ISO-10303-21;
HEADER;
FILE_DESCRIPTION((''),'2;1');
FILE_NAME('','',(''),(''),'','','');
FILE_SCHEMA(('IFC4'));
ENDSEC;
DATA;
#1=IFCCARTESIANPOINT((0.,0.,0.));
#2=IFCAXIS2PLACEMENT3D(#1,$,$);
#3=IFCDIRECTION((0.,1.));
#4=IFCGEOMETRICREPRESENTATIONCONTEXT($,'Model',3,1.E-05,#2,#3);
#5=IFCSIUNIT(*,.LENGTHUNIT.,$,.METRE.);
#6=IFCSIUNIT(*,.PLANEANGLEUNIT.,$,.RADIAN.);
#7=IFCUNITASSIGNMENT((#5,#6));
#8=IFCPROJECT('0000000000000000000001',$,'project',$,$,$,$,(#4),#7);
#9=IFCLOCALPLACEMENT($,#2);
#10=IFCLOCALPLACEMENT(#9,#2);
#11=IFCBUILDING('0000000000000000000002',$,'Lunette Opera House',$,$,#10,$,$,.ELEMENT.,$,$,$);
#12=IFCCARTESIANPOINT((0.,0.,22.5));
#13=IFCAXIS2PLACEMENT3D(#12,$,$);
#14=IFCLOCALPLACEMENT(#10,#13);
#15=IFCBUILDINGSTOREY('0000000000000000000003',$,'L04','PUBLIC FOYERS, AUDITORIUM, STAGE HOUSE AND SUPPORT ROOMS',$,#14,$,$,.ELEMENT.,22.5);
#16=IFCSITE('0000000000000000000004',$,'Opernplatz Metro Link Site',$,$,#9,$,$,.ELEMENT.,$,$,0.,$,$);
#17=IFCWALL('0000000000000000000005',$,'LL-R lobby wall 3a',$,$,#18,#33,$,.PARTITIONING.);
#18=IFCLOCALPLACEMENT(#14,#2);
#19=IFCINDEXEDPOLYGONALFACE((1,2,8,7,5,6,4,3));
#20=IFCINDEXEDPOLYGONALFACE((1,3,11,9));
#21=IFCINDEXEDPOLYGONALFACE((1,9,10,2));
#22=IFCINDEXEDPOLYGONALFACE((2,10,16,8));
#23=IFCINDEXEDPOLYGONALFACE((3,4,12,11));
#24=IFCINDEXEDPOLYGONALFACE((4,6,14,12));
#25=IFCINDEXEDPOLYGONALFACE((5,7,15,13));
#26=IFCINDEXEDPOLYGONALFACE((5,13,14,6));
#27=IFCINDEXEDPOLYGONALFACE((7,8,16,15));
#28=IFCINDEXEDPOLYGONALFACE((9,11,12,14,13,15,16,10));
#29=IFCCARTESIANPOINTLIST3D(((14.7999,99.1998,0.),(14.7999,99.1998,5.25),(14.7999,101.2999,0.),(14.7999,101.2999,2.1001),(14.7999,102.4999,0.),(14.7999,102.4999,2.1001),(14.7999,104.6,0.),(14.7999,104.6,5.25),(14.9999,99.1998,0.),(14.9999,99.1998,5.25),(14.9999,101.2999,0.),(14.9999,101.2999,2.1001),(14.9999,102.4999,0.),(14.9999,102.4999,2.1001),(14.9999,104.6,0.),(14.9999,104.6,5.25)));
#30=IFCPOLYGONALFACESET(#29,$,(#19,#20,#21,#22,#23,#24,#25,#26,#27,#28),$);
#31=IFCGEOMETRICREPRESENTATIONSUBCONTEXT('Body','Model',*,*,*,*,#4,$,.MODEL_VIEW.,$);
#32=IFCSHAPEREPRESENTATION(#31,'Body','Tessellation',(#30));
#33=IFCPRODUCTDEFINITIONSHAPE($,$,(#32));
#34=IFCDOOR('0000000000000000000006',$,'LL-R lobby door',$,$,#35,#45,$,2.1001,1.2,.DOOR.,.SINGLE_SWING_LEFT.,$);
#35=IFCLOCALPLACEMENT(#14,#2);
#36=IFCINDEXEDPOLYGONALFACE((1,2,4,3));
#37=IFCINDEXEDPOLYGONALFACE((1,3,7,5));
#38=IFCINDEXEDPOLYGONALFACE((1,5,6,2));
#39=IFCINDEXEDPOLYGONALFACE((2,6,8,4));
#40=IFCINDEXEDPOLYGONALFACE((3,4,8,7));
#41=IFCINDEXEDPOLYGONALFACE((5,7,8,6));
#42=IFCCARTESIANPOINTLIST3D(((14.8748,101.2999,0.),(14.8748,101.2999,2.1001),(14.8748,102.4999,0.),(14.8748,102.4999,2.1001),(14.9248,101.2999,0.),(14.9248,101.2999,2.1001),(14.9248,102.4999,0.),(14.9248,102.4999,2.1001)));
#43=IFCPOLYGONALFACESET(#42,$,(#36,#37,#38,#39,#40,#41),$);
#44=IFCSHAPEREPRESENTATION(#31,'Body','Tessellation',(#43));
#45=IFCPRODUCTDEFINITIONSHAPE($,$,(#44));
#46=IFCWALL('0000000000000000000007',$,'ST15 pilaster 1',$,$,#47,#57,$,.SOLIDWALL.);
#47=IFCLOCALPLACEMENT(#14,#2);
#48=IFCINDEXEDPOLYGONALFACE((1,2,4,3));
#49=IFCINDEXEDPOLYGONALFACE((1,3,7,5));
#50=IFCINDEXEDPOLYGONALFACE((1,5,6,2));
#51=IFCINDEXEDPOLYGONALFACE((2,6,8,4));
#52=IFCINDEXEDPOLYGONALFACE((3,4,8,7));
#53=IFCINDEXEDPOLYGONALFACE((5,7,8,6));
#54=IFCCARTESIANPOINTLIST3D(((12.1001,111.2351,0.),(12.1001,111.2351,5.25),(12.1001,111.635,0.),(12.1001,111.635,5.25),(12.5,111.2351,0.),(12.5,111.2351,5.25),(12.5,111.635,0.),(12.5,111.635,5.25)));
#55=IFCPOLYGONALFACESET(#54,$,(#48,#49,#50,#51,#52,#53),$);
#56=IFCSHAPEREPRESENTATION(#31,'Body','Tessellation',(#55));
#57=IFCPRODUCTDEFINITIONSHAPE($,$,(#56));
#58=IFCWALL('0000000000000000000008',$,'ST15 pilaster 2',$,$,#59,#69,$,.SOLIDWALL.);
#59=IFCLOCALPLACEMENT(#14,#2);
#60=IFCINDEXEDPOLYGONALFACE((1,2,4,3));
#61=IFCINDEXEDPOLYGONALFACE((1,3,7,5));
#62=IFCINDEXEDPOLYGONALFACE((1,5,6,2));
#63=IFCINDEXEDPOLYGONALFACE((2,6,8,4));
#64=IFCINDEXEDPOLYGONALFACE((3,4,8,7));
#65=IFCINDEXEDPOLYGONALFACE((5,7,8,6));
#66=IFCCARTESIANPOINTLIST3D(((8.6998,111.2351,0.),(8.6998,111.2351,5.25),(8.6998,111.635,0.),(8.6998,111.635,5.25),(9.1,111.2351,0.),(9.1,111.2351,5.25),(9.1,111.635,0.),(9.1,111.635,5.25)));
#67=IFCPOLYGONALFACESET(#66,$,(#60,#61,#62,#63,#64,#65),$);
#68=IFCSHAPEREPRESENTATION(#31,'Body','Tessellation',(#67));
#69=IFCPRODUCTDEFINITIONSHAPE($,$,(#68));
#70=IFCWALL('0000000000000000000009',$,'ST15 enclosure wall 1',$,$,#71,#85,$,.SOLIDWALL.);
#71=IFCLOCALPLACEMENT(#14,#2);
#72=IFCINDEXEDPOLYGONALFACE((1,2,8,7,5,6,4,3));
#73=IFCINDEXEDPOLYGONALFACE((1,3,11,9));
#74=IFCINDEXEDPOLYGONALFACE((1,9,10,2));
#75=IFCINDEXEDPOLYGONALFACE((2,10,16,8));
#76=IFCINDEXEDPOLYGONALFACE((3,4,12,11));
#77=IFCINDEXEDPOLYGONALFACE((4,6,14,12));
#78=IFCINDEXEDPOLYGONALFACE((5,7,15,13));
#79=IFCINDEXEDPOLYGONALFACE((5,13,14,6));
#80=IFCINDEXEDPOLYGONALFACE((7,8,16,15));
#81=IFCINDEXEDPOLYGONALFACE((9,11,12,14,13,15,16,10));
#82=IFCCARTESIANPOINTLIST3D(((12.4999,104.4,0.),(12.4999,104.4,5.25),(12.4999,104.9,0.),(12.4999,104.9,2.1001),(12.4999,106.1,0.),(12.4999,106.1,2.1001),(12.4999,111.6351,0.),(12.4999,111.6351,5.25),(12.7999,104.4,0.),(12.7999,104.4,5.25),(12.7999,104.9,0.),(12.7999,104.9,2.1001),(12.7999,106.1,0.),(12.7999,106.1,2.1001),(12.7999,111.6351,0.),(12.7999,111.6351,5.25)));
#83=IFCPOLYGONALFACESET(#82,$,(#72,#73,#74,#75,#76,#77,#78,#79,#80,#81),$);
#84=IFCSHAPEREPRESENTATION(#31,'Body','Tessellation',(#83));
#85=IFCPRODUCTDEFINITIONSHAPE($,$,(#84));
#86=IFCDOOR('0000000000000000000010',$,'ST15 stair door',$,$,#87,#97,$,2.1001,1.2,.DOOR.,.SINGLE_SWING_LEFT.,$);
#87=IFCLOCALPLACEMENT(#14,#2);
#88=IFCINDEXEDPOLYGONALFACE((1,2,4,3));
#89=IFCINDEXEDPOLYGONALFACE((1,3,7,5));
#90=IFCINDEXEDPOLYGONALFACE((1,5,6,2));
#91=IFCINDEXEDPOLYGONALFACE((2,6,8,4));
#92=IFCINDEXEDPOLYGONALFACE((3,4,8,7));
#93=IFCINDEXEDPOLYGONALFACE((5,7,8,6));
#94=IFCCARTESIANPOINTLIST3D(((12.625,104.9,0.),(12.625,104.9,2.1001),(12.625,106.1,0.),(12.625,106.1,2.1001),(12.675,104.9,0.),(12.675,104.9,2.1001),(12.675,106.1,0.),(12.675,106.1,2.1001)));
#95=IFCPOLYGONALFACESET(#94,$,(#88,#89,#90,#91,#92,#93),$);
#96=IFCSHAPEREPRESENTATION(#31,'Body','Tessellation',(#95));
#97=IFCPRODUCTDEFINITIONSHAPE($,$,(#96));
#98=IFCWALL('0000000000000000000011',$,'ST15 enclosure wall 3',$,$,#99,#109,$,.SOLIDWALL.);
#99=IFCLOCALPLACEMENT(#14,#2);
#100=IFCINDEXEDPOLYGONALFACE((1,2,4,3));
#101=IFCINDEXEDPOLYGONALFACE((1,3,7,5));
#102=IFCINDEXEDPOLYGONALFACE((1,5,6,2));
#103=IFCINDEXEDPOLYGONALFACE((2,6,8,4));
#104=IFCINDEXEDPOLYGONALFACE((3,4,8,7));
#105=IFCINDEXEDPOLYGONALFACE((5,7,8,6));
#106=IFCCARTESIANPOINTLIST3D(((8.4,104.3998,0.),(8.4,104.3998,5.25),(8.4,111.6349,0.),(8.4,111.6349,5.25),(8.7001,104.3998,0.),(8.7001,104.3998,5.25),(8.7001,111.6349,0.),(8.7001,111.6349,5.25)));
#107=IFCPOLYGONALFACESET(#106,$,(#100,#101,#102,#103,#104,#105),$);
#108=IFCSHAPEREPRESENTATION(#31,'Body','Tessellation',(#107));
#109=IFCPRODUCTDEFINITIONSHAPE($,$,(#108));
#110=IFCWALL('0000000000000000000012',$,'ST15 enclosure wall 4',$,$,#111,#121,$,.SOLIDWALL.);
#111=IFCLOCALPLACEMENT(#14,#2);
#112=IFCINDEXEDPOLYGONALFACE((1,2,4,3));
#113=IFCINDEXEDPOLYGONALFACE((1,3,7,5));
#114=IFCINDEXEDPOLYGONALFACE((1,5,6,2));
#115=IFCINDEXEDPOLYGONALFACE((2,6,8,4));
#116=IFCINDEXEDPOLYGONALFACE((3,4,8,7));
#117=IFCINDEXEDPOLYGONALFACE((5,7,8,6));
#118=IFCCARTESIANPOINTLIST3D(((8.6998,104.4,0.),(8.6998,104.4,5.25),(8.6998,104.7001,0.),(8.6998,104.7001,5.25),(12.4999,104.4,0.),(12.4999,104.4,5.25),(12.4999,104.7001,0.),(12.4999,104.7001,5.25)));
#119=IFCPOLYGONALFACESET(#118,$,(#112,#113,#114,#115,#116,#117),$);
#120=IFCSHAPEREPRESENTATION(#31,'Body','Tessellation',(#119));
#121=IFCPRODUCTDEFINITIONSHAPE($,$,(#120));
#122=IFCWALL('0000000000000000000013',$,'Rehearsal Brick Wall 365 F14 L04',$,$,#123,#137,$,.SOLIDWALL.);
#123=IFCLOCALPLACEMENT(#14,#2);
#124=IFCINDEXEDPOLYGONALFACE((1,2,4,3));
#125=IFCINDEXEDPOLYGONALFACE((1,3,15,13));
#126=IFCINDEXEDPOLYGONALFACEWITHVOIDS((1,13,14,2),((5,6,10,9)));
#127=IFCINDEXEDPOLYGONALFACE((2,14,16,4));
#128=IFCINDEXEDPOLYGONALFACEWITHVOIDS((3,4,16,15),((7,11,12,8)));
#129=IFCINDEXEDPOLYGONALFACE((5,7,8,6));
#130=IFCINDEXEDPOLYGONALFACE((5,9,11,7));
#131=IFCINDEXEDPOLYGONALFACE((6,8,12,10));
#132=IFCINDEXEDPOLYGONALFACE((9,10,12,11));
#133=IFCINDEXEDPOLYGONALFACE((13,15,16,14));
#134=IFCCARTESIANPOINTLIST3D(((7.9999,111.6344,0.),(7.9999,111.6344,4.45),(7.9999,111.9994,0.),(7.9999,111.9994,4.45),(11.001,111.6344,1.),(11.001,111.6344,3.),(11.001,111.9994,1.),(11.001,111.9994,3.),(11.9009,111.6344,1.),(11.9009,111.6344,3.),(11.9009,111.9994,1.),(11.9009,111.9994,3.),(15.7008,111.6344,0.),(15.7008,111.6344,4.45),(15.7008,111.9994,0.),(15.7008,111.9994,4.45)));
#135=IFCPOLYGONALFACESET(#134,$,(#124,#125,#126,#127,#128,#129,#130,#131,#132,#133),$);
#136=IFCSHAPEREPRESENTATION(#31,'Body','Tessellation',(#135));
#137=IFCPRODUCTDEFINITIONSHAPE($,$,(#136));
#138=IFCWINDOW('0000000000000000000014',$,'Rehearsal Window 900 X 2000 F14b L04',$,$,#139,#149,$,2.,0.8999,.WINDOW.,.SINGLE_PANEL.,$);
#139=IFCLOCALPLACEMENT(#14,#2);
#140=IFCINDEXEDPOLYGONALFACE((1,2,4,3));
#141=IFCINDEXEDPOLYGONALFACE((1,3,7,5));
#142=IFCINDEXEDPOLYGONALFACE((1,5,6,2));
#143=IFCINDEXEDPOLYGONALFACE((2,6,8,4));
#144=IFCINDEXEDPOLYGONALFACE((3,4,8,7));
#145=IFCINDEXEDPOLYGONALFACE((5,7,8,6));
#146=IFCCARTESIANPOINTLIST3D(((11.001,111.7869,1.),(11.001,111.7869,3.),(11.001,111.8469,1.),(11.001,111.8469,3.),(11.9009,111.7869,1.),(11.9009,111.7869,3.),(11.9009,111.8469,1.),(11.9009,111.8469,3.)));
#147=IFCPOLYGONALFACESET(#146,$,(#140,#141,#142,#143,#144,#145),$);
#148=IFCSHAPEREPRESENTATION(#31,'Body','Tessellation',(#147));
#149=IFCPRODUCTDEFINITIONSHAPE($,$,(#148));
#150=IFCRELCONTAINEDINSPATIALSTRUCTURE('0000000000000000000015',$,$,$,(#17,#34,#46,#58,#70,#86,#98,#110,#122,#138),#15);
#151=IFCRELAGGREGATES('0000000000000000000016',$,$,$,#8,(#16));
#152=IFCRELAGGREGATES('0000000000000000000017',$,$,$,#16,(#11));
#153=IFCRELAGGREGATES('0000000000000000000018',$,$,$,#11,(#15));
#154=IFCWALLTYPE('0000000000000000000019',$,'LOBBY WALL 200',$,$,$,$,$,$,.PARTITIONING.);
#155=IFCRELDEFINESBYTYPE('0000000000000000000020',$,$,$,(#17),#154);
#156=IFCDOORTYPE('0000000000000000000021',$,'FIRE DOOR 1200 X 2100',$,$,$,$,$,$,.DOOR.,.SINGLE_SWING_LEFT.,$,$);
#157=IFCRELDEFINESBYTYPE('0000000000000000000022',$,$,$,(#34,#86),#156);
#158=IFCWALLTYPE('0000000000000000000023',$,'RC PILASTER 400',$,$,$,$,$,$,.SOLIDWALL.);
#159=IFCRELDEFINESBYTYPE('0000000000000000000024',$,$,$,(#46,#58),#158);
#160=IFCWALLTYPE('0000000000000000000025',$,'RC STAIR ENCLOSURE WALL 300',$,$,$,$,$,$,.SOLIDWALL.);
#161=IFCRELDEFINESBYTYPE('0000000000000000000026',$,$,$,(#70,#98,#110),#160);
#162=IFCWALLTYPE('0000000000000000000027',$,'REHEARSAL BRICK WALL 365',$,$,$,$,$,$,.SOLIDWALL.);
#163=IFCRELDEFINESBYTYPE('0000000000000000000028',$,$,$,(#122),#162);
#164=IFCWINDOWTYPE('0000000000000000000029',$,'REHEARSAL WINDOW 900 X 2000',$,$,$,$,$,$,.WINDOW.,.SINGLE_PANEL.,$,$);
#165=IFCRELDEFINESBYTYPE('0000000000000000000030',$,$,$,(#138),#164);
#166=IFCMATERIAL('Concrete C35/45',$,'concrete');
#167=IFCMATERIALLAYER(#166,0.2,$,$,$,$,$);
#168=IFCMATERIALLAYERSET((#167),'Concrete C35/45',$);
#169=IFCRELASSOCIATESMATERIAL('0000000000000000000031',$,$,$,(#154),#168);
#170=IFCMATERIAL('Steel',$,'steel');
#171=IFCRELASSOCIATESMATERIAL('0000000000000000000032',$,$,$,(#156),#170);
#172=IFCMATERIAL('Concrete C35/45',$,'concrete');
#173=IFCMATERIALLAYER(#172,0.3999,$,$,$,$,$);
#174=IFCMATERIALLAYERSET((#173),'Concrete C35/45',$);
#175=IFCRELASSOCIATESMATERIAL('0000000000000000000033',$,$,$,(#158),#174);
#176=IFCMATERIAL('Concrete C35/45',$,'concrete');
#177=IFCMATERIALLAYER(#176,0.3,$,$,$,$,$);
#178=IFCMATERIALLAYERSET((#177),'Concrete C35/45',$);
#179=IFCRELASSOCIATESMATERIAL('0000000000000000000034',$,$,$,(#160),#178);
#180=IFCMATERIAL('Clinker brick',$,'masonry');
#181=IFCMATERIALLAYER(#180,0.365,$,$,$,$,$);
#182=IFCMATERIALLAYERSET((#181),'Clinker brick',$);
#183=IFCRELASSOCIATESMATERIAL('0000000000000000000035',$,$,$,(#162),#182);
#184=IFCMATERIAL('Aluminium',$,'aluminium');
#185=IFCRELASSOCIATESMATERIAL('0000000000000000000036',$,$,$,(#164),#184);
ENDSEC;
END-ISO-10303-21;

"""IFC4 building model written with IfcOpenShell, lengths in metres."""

from ifc_helpers import new_model, si_unit, direction, frame, frame_2d, origin, place, context, subcontext, project, spatial, rectangle, extrude, material, layer, layer_set, type_object, element, fill, save


model = new_model("IFC4")

# Units and contexts
model_context = context("Model", 3, precision=1e-05, world=origin(), true_north=direction((0.0, 1.0)))
body_context = subcontext(model_context, "Body", "Model", "MODEL_VIEW")
ifc_project = project(units=[si_unit("LENGTHUNIT", "METRE"), si_unit("PLANEANGLEUNIT", "RADIAN")], contexts=[model_context])

# Site, building, storey
site_placement = place(None, origin())
site = spatial("IfcSite", under=ifc_project, at=site_placement, Name="Opernplatz Metro Link Site", CompositionType="ELEMENT", RefElevation=0.0)
building_placement = place(site_placement, origin())
building = spatial("IfcBuilding", under=site, at=building_placement, Name="Lunette Opera House", CompositionType="ELEMENT")
storey_placement = place(building_placement, frame((0.0, 0.0, 22.5)))
storey = spatial("IfcBuildingStorey", under=building, at=storey_placement, Name="L04", Description="PUBLIC FOYERS, AUDITORIUM, STAGE HOUSE AND SUPPORT ROOMS", CompositionType="ELEMENT", Elevation=22.5)

# Wall, opening, door
ifc_material_1 = material(Name="Concrete C35/45", Category="concrete")
ifc_layer_1 = layer(ifc_material_1, 0.2)
ifc_layer_set_1 = layer_set([ifc_layer_1], Name="Concrete C35/45")
wall_type_1 = type_object("IfcWallType", Name="LOBBY WALL 200", PredefinedType="PARTITIONING", material=ifc_layer_set_1)
wall_1_placement = place(storey_placement, frame((14.8999, 104.6001, 0.0), z_axis=(0.0, 0.0, 1.0), x_axis=(0.0, -1.0, 0.0)))
wall_1 = element("IfcWall", 1, at=wall_1_placement, inside=storey, type_object=wall_type_1, Name="LL-R lobby wall 3a", PredefinedType="PARTITIONING", context=body_context, shape_type="SweptSolid", body=[
    extrude(rectangle(XDim=5.4001, YDim=0.2, at=frame_2d((2.7002, 0.0))), origin(), (0.0, 0.0, 1.0), 5.25),
])
opening_1_placement = place(wall_1_placement, frame((2.1001, 0.0, 0.0)))
opening_1 = element("IfcOpeningElement", 2, at=opening_1_placement, cuts=wall_1, PredefinedType="OPENING", context=body_context, shape_type="SweptSolid", body=[
    extrude(rectangle(XDim=1.2, YDim=2.1001, at=frame_2d((0.6001, 1.05))), frame((0.0, 0.1121, 0.0), z_axis=(0.0, -1.0, 0.0), x_axis=(1.0, 0.0, 0.0)), (0.0, 0.0, 1.0), 0.2239),
])
ifc_material_2 = material(Name="Steel", Category="steel")
door_type = type_object("IfcDoorType", Name="FIRE DOOR 1200 X 2100", OperationType="SINGLE_SWING_LEFT", PredefinedType="DOOR", material=ifc_material_2)
door_1_placement = place(opening_1_placement, origin())
door_1 = element("IfcDoor", 3, at=door_1_placement, inside=storey, type_object=door_type, Name="LL-R lobby door", OperationType="SINGLE_SWING_LEFT", OverallHeight=2.1001, OverallWidth=1.2, PredefinedType="DOOR", context=body_context, shape_type="SweptSolid", body=[
    extrude(rectangle(XDim=1.2, YDim=2.1001, at=frame_2d((0.6001, 1.05))), frame((0.0, 0.0249, 0.0), z_axis=(0.0, -1.0, 0.0), x_axis=(1.0, 0.0, 0.0)), (0.0, 0.0, 1.0), 0.05),
])
fill(opening_1, door_1)

# Walls
ifc_material_3 = material(Name="Concrete C35/45", Category="concrete")
ifc_layer_2 = layer(ifc_material_3, 0.3999)
ifc_layer_set_2 = layer_set([ifc_layer_2], Name="Concrete C35/45")
wall_type_2 = type_object("IfcWallType", Name="RC PILASTER 400", PredefinedType="SOLIDWALL", material=ifc_layer_set_2)
wall_2_placement = place(storey_placement, frame((12.5, 111.4351, 0.0), z_axis=(0.0, 0.0, 1.0), x_axis=(-1.0, 0.0, 0.0)))
element("IfcWall", 4, at=wall_2_placement, inside=storey, type_object=wall_type_2, Name="ST15 pilaster 1", PredefinedType="SOLIDWALL", context=body_context, shape_type="SweptSolid", body=[
    extrude(rectangle(XDim=0.3999, YDim=0.3999, at=frame_2d((0.2, 0.0))), origin(), (0.0, 0.0, 1.0), 5.25),
])
wall_3_placement = place(storey_placement, frame((9.1001, 111.4351, 0.0), z_axis=(0.0, 0.0, 1.0), x_axis=(-1.0, 0.0, 0.0)))
element("IfcWall", 5, at=wall_3_placement, inside=storey, type_object=wall_type_2, Name="ST15 pilaster 2", PredefinedType="SOLIDWALL", context=body_context, shape_type="SweptSolid", body=[
    extrude(rectangle(XDim=0.4001, YDim=0.3999, at=frame_2d((0.2002, 0.0))), origin(), (0.0, 0.0, 1.0), 5.25),
])

# Wall, opening, door
ifc_material_4 = material(Name="Concrete C35/45", Category="concrete")
ifc_layer_3 = layer(ifc_material_4, 0.3)
ifc_layer_set_3 = layer_set([ifc_layer_3], Name="Concrete C35/45")
wall_type_3 = type_object("IfcWallType", Name="RC STAIR ENCLOSURE WALL 300", PredefinedType="SOLIDWALL", material=ifc_layer_set_3)
wall_4_placement = place(storey_placement, frame((12.6499, 104.3999, 0.0), z_axis=(0.0, 0.0, 1.0), x_axis=(0.0, 1.0, 0.0)))
wall_4 = element("IfcWall", 6, at=wall_4_placement, inside=storey, type_object=wall_type_3, Name="ST15 enclosure wall 1", PredefinedType="SOLIDWALL", context=body_context, shape_type="SweptSolid", body=[
    extrude(rectangle(XDim=7.2351, YDim=0.3, at=frame_2d((3.6177, 0.0))), origin(), (0.0, 0.0, 1.0), 5.25),
])
opening_2_placement = place(wall_4_placement, frame((0.5, 0.0, 0.0)))
opening_2 = element("IfcOpeningElement", 7, at=opening_2_placement, cuts=wall_4, PredefinedType="OPENING", context=body_context, shape_type="SweptSolid", body=[
    extrude(rectangle(XDim=1.2, YDim=2.1001, at=frame_2d((0.6001, 1.05))), frame((0.0, 0.1621, 0.0), z_axis=(0.0, -1.0, 0.0), x_axis=(1.0, 0.0, 0.0)), (0.0, 0.0, 1.0), 0.324),
])
door_2_placement = place(opening_2_placement, origin())
door_2 = element("IfcDoor", 8, at=door_2_placement, inside=storey, type_object=door_type, Name="ST15 stair door", OperationType="SINGLE_SWING_LEFT", OverallHeight=2.1001, OverallWidth=1.2, PredefinedType="DOOR", context=body_context, shape_type="SweptSolid", body=[
    extrude(rectangle(XDim=1.2, YDim=2.1001, at=frame_2d((0.6001, 1.05))), frame((0.0, 0.0249, 0.0), z_axis=(0.0, -1.0, 0.0), x_axis=(1.0, 0.0, 0.0)), (0.0, 0.0, 1.0), 0.05),
])
fill(opening_2, door_2)

# Walls
wall_5_placement = place(storey_placement, frame((8.55, 111.635, 0.0), z_axis=(0.0, 0.0, 1.0), x_axis=(0.0, -1.0, 0.0)))
element("IfcWall", 9, at=wall_5_placement, inside=storey, type_object=wall_type_3, Name="ST15 enclosure wall 3", PredefinedType="SOLIDWALL", context=body_context, shape_type="SweptSolid", body=[
    extrude(rectangle(XDim=7.2351, YDim=0.3, at=frame_2d((3.6177, 0.0))), origin(), (0.0, 0.0, 1.0), 5.25),
])
wall_6_placement = place(storey_placement, frame((8.7, 104.55, 0.0), z_axis=(0.0, 0.0, 1.0), x_axis=(1.0, 0.0, 0.0)))
element("IfcWall", 10, at=wall_6_placement, inside=storey, type_object=wall_type_3, Name="ST15 enclosure wall 4", PredefinedType="SOLIDWALL", context=body_context, shape_type="SweptSolid", body=[
    extrude(rectangle(XDim=3.8, YDim=0.3, at=frame_2d((1.8999, 0.0))), origin(), (0.0, 0.0, 1.0), 5.25),
])

# Wall, opening, window
ifc_material_5 = material(Name="Clinker brick", Category="masonry")
ifc_layer_4 = layer(ifc_material_5, 0.365)
ifc_layer_set_4 = layer_set([ifc_layer_4], Name="Clinker brick")
wall_type_4 = type_object("IfcWallType", Name="REHEARSAL BRICK WALL 365", PredefinedType="SOLIDWALL", material=ifc_layer_set_4)
wall_7_placement = place(storey_placement, frame((15.7009, 111.8169, 0.0), z_axis=(0.0, 0.0, 1.0), x_axis=(-1.0, 0.0, 0.0)))
wall_7 = element("IfcWall", 11, at=wall_7_placement, inside=storey, type_object=wall_type_4, Name="Rehearsal Brick Wall 365 F14 L04", PredefinedType="SOLIDWALL", context=body_context, shape_type="SweptSolid", body=[
    extrude(rectangle(XDim=7.7009, YDim=0.365, at=frame_2d((3.8506, 0.0))), origin(), (0.0, 0.0, 1.0), 4.45),
])
opening_3_placement = place(wall_7_placement, frame((3.8, 0.0, 1.0)))
opening_3 = element("IfcOpeningElement", 12, at=opening_3_placement, cuts=wall_7, PredefinedType="OPENING", context=body_context, shape_type="SweptSolid", body=[
    extrude(rectangle(XDim=0.8999, YDim=2.0, at=frame_2d((0.45, 1.0))), frame((0.0, 0.1946, 0.0), z_axis=(0.0, -1.0, 0.0), x_axis=(1.0, 0.0, 0.0)), (0.0, 0.0, 1.0), 0.3889),
])
ifc_material_6 = material(Name="Aluminium", Category="aluminium")
window_type = type_object("IfcWindowType", Name="REHEARSAL WINDOW 900 X 2000", PartitioningType="SINGLE_PANEL", PredefinedType="WINDOW", material=ifc_material_6)
window_placement = place(opening_3_placement, origin())
window = element("IfcWindow", 13, at=window_placement, inside=storey, type_object=window_type, Name="Rehearsal Window 900 X 2000 F14b L04", OverallHeight=2.0, OverallWidth=0.8999, PartitioningType="SINGLE_PANEL", PredefinedType="WINDOW", context=body_context, shape_type="SweptSolid", body=[
    extrude(rectangle(XDim=0.8999, YDim=2.0, at=frame_2d((0.45, 1.0))), frame((0.0, 0.03, 0.0), z_axis=(0.0, -1.0, 0.0), x_axis=(1.0, 0.0, 0.0)), (0.0, 0.0, 1.0), 0.0601),
])
fill(opening_3, window)

save(model, "model.ifc")
